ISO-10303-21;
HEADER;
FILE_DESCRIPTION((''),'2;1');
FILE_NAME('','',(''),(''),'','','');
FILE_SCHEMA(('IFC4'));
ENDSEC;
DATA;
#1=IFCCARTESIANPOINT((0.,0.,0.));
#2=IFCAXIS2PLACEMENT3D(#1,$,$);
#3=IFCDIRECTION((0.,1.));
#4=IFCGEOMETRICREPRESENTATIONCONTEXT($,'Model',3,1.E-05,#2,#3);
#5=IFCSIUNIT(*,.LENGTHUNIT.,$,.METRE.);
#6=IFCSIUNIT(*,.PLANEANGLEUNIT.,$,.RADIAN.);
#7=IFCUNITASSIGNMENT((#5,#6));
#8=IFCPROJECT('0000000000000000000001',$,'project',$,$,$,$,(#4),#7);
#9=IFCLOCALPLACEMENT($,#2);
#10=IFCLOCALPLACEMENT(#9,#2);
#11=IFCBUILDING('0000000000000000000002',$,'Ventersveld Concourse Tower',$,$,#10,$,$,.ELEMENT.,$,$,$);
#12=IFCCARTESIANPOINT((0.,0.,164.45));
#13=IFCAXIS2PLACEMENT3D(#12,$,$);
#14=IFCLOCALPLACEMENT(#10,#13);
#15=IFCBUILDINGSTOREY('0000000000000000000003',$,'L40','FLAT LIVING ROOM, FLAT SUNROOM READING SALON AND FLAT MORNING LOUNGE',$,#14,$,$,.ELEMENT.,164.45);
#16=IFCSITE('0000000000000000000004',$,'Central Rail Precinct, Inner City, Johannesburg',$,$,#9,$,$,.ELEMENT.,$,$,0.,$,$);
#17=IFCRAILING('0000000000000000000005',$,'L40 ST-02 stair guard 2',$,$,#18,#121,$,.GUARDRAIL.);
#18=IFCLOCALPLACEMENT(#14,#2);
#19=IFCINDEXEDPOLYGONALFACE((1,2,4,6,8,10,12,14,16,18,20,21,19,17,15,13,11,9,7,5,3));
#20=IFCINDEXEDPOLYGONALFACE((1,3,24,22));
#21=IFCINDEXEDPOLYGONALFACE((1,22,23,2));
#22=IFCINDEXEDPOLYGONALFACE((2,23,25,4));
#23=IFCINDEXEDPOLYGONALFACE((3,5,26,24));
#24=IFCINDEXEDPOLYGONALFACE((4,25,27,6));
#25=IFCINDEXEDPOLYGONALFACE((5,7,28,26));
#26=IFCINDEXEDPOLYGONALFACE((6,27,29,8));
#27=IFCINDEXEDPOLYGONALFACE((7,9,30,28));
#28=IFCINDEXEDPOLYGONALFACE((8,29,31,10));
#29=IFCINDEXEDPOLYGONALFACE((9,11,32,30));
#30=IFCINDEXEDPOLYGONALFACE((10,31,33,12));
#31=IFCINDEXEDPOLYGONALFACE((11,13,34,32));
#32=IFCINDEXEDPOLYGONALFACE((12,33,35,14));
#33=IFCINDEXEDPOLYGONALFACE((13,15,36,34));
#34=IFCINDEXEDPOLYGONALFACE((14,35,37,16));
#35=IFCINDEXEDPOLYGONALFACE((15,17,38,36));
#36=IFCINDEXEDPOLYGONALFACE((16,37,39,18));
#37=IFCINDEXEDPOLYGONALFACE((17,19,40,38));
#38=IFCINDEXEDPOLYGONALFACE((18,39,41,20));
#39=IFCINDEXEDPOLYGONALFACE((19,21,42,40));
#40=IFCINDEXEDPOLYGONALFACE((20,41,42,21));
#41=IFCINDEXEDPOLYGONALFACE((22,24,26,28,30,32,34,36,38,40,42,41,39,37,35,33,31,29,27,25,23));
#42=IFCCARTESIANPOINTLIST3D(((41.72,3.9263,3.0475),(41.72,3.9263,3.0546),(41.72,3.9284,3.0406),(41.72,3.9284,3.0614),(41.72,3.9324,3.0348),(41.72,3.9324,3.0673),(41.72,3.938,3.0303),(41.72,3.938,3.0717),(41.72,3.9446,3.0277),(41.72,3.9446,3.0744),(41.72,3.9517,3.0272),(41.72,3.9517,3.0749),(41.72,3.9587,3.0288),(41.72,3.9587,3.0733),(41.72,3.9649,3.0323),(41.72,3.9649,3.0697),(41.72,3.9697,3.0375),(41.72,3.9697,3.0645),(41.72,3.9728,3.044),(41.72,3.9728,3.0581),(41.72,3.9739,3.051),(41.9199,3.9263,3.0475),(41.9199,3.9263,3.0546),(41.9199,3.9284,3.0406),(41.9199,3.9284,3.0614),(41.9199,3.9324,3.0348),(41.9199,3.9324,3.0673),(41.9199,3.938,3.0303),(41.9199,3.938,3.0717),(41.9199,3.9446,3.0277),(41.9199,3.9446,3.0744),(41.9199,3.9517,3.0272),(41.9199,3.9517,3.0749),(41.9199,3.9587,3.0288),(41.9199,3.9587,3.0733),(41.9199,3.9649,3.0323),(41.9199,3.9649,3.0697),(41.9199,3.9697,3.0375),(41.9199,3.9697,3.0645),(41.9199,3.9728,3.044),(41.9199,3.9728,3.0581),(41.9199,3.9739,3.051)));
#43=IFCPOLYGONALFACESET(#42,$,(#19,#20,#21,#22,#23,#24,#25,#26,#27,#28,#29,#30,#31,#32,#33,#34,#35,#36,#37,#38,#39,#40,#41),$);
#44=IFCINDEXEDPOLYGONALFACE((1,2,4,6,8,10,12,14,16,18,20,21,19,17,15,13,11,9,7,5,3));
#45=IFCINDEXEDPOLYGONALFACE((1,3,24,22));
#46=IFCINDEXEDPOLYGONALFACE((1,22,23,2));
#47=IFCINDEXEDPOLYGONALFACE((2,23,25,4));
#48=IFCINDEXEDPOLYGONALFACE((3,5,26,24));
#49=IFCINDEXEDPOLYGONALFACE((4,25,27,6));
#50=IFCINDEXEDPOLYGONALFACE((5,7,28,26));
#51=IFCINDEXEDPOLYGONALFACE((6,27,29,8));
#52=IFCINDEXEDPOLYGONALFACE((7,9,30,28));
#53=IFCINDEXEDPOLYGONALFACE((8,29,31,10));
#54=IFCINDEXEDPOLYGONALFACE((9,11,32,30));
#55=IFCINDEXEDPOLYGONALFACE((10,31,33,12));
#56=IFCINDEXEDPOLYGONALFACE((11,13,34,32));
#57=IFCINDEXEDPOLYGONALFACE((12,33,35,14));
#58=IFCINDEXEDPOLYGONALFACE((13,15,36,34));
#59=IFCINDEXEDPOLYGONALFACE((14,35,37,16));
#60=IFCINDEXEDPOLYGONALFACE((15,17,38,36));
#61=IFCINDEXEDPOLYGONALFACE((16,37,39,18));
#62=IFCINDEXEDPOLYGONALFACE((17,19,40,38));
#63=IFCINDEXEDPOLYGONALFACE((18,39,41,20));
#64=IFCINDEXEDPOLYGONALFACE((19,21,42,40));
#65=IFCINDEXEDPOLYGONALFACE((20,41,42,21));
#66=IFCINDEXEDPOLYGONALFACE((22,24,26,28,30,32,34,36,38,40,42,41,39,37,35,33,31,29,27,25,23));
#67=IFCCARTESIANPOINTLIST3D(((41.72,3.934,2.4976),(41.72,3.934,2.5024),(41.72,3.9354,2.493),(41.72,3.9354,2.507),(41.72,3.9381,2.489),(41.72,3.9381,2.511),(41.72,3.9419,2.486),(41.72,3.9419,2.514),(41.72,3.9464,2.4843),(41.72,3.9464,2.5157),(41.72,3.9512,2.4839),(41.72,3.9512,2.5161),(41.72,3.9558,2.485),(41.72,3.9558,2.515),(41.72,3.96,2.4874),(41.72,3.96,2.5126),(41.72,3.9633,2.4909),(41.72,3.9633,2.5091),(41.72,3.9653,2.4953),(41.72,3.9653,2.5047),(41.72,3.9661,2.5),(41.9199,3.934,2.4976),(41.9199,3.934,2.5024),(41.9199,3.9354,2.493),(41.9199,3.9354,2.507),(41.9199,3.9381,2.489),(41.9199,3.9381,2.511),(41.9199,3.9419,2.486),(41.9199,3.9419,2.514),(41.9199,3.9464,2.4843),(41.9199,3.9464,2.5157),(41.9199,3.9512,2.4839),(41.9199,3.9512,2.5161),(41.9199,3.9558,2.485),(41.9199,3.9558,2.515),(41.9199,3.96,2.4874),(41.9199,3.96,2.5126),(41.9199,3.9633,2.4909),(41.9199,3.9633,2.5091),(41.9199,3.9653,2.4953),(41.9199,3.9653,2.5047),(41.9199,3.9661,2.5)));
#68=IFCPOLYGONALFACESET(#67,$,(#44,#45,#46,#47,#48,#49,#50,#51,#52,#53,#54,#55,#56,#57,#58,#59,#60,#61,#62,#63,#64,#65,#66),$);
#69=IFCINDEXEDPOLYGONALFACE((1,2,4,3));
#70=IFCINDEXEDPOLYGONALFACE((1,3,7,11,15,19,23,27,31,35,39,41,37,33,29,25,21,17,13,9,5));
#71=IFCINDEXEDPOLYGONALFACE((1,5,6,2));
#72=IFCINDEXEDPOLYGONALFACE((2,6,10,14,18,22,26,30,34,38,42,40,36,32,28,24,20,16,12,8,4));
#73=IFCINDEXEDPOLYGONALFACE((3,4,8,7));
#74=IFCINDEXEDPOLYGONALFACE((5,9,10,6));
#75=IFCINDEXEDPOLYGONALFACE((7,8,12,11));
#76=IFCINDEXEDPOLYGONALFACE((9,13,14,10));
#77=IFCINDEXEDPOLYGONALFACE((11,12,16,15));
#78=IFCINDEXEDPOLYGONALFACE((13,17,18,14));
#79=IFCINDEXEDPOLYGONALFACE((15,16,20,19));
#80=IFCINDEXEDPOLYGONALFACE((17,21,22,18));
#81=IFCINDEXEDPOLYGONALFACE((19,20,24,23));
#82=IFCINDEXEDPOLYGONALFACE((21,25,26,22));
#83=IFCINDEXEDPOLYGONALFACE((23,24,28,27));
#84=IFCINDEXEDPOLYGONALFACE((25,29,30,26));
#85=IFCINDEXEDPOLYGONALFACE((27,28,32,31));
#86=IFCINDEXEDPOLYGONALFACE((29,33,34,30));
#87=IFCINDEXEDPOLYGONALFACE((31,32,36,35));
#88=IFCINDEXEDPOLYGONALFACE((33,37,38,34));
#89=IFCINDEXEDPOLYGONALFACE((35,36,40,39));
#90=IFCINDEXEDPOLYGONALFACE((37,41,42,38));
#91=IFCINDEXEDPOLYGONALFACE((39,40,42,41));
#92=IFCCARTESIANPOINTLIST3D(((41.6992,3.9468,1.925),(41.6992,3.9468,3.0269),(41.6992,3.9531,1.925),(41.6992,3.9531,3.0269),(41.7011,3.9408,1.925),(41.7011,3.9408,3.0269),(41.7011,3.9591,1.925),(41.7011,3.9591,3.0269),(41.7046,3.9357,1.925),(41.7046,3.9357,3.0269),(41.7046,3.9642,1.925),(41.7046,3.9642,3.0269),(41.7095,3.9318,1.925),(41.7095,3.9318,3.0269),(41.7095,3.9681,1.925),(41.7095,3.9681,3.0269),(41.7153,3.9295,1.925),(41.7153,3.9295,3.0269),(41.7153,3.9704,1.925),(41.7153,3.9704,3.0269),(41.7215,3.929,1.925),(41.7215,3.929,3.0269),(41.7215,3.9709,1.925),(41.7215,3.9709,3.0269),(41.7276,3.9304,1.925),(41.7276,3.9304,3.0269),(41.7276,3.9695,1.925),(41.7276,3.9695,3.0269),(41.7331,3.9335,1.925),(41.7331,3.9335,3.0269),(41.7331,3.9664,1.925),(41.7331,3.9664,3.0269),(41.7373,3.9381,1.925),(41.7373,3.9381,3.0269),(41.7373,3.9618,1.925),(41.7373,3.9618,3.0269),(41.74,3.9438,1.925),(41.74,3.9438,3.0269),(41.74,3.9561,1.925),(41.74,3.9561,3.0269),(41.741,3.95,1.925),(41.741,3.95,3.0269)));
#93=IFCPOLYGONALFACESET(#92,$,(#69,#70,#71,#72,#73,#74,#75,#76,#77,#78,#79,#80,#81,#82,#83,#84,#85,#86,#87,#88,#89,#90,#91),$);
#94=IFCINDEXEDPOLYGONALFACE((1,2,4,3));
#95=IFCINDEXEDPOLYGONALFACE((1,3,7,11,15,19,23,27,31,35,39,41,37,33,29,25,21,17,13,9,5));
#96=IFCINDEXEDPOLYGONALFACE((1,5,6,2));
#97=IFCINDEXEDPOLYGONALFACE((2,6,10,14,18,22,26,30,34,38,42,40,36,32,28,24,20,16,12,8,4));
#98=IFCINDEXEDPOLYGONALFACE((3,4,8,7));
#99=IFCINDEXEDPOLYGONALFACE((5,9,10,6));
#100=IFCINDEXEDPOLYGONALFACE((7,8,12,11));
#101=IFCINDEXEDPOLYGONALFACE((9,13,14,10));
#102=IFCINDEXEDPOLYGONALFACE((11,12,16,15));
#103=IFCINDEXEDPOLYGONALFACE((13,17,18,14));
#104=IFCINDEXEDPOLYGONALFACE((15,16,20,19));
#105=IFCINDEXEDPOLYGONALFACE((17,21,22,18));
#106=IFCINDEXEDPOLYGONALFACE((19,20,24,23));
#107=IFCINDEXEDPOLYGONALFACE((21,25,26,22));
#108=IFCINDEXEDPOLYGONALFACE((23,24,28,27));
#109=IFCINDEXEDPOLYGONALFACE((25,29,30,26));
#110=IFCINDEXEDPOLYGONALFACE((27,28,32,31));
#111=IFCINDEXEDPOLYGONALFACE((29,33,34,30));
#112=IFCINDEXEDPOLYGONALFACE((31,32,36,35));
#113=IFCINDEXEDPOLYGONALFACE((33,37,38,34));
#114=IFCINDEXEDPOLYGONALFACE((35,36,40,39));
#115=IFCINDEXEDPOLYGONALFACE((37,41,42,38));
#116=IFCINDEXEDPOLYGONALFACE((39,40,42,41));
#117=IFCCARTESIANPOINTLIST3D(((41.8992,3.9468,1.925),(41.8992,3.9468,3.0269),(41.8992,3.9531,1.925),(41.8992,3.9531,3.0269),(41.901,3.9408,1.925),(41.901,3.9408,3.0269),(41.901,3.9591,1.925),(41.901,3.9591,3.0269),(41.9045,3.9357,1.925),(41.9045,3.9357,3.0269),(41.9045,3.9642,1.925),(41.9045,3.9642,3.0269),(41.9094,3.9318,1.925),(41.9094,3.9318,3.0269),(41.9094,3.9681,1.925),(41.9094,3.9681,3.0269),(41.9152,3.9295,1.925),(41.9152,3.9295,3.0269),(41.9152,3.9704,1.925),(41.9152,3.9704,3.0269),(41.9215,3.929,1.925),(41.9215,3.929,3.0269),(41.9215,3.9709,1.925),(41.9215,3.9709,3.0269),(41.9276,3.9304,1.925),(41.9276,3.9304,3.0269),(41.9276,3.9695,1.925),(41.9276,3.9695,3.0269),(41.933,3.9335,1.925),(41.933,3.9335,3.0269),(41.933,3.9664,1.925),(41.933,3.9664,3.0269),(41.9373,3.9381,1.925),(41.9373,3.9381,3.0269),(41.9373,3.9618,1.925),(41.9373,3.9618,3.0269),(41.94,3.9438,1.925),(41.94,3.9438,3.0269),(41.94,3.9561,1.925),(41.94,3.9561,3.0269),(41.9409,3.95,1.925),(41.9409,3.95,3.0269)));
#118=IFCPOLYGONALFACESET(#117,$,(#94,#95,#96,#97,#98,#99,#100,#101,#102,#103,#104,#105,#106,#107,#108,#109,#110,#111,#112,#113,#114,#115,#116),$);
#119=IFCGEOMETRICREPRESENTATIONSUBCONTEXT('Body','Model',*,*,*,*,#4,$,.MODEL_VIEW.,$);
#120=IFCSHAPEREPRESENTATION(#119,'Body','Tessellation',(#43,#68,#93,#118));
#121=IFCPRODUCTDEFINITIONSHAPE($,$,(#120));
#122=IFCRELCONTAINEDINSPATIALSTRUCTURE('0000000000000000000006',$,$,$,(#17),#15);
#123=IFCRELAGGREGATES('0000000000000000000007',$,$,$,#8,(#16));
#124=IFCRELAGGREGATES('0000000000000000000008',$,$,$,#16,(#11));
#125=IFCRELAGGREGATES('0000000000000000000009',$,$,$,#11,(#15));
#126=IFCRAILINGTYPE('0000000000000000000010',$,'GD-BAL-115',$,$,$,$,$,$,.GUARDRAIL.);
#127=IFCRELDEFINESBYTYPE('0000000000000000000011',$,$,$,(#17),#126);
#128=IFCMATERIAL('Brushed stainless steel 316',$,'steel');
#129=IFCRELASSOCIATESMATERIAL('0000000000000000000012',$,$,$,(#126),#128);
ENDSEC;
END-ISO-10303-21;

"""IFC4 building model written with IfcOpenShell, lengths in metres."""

from ifc_helpers import new_model, si_unit, direction, frame, origin, origin_2d, place, context, subcontext, project, spatial, circle, extrude, material, type_object, element, save


model = new_model("IFC4")

# Units and contexts
model_context = context("Model", 3, precision=1e-05, world=origin(), true_north=direction((0.0, 1.0)))
body_context = subcontext(model_context, "Body", "Model", "MODEL_VIEW")
ifc_project = project(units=[si_unit("LENGTHUNIT", "METRE"), si_unit("PLANEANGLEUNIT", "RADIAN")], contexts=[model_context])

# Site, building, storey
site_placement = place(None, origin())
site = spatial("IfcSite", under=ifc_project, at=site_placement, Name="Central Rail Precinct, Inner City, Johannesburg", CompositionType="ELEMENT", RefElevation=0.0)
building_placement = place(site_placement, origin())
building = spatial("IfcBuilding", under=site, at=building_placement, Name="Ventersveld Concourse Tower", CompositionType="ELEMENT")
storey_placement = place(building_placement, frame((0.0, 0.0, 164.45)))
storey = spatial("IfcBuildingStorey", under=building, at=storey_placement, Name="L40", Description="FLAT LIVING ROOM, FLAT SUNROOM READING SALON AND FLAT MORNING LOUNGE", CompositionType="ELEMENT", Elevation=164.45)

# Railing
ifc_material_1 = material(Name="Brushed stainless steel 316", Category="steel")
railing_type_1 = type_object("IfcRailingType", Name="GD-BAL-115", PredefinedType="GUARDRAIL", material=ifc_material_1)
railing_1_placement = place(storey_placement, frame((41.72, 3.95, 1.925)))
element("IfcRailing", 1, at=railing_1_placement, inside=storey, type_object=railing_type_1, Name="L40 ST-02 stair guard 2", PredefinedType="GUARDRAIL", context=body_context, shape_type="SweptSolid", body=[
    extrude(circle(Radius=0.0239, at=origin_2d()), frame((0.0, 0.0, 1.126), z_axis=(1.0, 0.0, 0.0), x_axis=(0.0, 1.0, 0.0)), (0.0, 0.0, 1.0), 0.2),
    extrude(circle(Radius=0.0161, at=origin_2d()), frame((0.0, 0.0, 0.575), z_axis=(1.0, 0.0, 0.0), x_axis=(0.0, 1.0, 0.0)), (0.0, 0.0, 1.0), 0.2),
    extrude(circle(Radius=0.021, at=origin_2d()), origin(), (0.0, 0.0, 1.0), 1.1018),
    extrude(circle(Radius=0.021, at=origin_2d()), frame((0.2, 0.0, 0.0)), (0.0, 0.0, 1.0), 1.1018),
])

save(model, "model.ifc")
